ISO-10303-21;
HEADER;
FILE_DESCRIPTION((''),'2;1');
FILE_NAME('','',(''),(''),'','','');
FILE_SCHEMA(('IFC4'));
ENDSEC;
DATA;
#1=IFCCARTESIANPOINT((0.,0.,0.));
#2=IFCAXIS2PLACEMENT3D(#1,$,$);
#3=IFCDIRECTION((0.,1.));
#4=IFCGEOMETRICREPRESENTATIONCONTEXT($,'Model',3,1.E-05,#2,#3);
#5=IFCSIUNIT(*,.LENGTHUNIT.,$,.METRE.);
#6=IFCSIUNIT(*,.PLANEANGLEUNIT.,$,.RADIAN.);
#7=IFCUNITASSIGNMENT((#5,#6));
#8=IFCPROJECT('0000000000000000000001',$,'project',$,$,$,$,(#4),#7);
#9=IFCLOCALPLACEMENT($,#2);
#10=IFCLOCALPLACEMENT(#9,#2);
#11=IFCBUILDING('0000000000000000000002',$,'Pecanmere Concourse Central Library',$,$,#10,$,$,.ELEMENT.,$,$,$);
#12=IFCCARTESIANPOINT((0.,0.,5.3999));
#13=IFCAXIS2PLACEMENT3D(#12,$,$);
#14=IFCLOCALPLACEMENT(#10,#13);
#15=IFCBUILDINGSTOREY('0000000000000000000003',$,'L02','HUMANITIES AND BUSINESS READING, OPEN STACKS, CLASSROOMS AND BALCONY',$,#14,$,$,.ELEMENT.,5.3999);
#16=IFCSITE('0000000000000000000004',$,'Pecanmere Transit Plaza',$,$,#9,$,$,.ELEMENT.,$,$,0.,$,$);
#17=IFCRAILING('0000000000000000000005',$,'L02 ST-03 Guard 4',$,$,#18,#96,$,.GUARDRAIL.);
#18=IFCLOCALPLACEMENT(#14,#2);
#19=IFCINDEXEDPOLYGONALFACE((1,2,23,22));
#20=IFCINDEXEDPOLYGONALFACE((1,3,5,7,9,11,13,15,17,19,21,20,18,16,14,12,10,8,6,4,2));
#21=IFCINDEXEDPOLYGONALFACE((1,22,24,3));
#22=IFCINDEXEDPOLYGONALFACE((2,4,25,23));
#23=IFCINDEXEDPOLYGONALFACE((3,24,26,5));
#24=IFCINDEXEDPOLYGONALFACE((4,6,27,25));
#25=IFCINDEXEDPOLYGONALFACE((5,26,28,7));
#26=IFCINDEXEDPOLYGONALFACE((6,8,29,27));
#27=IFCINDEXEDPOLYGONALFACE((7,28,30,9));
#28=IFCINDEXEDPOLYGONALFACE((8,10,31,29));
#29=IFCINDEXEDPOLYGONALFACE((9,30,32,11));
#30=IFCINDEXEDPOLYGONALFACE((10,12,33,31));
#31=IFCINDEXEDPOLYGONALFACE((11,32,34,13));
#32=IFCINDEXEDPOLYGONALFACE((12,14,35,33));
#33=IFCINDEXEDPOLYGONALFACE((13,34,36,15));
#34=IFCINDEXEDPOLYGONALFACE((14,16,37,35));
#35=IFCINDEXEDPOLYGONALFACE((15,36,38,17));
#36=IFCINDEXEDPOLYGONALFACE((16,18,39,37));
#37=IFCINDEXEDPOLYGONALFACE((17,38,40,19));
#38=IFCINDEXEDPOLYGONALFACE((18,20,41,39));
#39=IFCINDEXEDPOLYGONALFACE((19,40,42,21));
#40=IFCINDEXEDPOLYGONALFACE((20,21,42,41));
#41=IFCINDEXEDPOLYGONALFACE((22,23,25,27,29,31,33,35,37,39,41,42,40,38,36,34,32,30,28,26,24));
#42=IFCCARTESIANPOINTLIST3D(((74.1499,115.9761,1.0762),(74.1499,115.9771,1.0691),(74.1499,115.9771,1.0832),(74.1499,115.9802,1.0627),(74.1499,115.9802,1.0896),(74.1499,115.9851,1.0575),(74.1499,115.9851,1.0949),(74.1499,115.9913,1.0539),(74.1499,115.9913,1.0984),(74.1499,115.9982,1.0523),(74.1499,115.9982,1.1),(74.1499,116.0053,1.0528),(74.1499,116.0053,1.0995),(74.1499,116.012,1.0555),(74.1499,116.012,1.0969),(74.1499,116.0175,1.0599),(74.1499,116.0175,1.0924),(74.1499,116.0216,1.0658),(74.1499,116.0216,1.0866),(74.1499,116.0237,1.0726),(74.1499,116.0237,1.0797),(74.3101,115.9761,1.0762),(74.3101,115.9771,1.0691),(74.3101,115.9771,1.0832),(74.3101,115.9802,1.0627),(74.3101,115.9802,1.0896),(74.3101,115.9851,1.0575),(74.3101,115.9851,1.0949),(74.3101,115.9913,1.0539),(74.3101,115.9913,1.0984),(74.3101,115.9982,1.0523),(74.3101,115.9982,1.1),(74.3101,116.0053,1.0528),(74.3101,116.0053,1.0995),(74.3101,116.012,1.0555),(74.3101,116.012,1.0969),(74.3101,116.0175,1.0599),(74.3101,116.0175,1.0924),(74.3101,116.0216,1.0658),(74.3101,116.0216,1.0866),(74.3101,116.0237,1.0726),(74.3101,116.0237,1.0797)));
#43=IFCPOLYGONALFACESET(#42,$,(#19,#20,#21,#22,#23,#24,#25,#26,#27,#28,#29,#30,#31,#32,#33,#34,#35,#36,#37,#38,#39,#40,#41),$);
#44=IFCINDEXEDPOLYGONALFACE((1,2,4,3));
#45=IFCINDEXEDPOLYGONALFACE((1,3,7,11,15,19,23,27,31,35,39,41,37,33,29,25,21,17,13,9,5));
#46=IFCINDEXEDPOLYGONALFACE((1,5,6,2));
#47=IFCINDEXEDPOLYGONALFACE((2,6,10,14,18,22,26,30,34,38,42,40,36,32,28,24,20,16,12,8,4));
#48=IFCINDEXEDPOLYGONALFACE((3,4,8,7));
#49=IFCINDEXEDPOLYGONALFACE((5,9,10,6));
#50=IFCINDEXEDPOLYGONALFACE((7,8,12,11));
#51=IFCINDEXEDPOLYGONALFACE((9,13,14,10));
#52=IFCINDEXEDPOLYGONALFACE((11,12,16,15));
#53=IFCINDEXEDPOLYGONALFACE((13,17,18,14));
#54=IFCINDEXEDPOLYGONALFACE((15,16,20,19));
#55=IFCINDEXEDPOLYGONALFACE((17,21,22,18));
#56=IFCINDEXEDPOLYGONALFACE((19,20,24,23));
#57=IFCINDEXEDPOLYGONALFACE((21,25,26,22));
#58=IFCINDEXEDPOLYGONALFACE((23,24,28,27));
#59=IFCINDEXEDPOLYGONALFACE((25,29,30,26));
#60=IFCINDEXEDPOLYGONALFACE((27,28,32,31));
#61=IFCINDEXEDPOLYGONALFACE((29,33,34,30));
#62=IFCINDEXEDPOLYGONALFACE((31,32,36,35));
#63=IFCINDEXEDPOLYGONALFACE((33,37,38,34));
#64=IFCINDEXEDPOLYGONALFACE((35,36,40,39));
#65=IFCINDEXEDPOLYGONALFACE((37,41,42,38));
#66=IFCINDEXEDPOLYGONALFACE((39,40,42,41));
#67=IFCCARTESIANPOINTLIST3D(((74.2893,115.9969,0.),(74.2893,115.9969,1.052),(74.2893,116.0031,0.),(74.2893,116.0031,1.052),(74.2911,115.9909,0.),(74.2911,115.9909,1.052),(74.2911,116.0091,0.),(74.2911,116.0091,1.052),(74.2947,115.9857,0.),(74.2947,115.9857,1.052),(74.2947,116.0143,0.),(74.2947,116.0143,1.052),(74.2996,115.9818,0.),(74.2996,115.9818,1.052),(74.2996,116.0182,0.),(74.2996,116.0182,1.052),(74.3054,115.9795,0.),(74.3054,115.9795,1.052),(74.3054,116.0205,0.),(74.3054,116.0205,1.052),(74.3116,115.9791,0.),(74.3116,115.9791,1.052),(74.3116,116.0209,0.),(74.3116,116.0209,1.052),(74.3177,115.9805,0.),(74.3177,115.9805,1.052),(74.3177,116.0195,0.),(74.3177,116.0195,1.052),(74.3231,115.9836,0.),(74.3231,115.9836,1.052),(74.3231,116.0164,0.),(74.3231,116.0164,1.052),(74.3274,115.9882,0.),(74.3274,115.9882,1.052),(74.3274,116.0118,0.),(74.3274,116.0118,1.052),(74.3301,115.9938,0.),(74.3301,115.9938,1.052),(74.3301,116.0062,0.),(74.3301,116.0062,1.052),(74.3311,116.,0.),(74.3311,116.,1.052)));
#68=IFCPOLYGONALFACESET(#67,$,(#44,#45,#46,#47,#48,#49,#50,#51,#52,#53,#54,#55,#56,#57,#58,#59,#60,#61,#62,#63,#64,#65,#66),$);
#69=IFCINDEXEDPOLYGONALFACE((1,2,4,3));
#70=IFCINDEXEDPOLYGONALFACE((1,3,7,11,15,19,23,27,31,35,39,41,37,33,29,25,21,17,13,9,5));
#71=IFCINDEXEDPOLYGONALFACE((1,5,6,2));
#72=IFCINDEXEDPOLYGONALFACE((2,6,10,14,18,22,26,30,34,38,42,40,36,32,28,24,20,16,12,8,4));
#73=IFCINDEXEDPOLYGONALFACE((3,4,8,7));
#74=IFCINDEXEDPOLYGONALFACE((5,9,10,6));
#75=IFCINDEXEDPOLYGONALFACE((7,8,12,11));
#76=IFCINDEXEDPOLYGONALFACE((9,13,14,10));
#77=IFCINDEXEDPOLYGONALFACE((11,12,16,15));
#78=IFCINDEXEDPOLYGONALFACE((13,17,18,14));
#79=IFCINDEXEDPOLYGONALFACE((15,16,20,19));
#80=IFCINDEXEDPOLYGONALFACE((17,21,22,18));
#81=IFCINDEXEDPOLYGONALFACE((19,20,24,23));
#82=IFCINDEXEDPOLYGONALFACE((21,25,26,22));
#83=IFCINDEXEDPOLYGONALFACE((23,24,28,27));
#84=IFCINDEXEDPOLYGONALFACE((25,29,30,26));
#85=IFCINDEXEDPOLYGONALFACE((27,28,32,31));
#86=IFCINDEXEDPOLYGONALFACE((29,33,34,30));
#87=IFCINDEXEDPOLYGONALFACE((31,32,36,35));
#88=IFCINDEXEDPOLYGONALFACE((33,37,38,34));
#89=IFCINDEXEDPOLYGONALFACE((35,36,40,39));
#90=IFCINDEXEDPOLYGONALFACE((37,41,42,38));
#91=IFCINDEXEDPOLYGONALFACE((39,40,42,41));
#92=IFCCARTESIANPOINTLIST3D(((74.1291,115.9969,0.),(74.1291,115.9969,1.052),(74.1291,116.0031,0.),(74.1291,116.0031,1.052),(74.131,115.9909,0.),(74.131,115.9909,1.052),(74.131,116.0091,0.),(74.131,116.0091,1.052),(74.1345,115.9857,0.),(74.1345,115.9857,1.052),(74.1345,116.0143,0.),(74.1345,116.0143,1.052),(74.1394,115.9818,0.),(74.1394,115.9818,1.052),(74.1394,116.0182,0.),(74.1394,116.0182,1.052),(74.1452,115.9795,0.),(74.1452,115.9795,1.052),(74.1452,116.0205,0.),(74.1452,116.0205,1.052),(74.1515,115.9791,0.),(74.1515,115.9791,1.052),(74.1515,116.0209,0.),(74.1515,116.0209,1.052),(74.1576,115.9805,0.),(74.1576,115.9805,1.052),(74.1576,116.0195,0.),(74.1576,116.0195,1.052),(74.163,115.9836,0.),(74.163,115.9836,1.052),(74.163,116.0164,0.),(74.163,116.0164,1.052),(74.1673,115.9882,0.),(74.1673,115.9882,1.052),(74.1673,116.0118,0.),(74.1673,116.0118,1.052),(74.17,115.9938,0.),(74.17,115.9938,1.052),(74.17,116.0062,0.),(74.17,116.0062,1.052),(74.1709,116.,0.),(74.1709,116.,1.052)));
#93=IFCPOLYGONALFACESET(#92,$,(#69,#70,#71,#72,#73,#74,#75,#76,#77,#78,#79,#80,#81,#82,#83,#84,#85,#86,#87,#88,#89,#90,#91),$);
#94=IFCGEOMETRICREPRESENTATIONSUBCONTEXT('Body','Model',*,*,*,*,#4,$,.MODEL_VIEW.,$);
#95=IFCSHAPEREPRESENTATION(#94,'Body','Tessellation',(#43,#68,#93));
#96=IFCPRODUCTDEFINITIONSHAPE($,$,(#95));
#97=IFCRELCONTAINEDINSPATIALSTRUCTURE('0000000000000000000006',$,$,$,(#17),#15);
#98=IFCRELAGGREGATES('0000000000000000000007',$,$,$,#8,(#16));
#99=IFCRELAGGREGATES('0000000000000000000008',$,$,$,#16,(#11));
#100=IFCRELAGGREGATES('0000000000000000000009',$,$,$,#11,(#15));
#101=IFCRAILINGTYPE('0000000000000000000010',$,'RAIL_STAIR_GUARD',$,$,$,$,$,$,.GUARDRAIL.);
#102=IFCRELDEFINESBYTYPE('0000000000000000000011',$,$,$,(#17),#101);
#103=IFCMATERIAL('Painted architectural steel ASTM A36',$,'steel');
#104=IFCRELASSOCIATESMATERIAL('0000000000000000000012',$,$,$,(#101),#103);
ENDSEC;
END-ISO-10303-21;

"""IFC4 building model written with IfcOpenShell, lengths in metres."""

from ifc_helpers import new_model, si_unit, direction, frame, origin, origin_2d, place, context, subcontext, project, spatial, circle, extrude, material, type_object, element, save


model = new_model("IFC4")

# Units and contexts
model_context = context("Model", 3, precision=1e-05, world=origin(), true_north=direction((0.0, 1.0)))
body_context = subcontext(model_context, "Body", "Model", "MODEL_VIEW")
ifc_project = project(units=[si_unit("LENGTHUNIT", "METRE"), si_unit("PLANEANGLEUNIT", "RADIAN")], contexts=[model_context])

# Site, building, storey
site_placement = place(None, origin())
site = spatial("IfcSite", under=ifc_project, at=site_placement, Name="Pecanmere Transit Plaza", CompositionType="ELEMENT", RefElevation=0.0)
building_placement = place(site_placement, origin())
building = spatial("IfcBuilding", under=site, at=building_placement, Name="Pecanmere Concourse Central Library", CompositionType="ELEMENT")
storey_placement = place(building_placement, frame((0.0, 0.0, 5.3999)))
storey = spatial("IfcBuildingStorey", under=building, at=storey_placement, Name="L02", Description="HUMANITIES AND BUSINESS READING, OPEN STACKS, CLASSROOMS AND BALCONY", CompositionType="ELEMENT", Elevation=5.3999)

# Railing
ifc_material_1 = material(Name="Painted architectural steel ASTM A36", Category="steel")
railing_type_1 = type_object("IfcRailingType", Name="RAIL_STAIR_GUARD", PredefinedType="GUARDRAIL", material=ifc_material_1)
railing_1_placement = place(storey_placement, frame((74.3101, 116.0, 0.0)))
element("IfcRailing", 1, at=railing_1_placement, inside=storey, type_object=railing_type_1, Name="L02 ST-03 Guard 4", PredefinedType="GUARDRAIL", context=body_context, shape_type="SweptSolid", body=[
    extrude(circle(Radius=0.0239, at=origin_2d()), frame((0.0, 0.0, 1.0762), z_axis=(-1.0, 0.0, 0.0), x_axis=(0.0, -1.0, 0.0)), (0.0, 0.0, 1.0), 0.1602),
    extrude(circle(Radius=0.021, at=origin_2d()), origin(), (0.0, 0.0, 1.0), 1.052),
    extrude(circle(Radius=0.021, at=origin_2d()), frame((-0.1602, 0.0, 0.0)), (0.0, 0.0, 1.0), 1.052),
])

save(model, "model.ifc")
